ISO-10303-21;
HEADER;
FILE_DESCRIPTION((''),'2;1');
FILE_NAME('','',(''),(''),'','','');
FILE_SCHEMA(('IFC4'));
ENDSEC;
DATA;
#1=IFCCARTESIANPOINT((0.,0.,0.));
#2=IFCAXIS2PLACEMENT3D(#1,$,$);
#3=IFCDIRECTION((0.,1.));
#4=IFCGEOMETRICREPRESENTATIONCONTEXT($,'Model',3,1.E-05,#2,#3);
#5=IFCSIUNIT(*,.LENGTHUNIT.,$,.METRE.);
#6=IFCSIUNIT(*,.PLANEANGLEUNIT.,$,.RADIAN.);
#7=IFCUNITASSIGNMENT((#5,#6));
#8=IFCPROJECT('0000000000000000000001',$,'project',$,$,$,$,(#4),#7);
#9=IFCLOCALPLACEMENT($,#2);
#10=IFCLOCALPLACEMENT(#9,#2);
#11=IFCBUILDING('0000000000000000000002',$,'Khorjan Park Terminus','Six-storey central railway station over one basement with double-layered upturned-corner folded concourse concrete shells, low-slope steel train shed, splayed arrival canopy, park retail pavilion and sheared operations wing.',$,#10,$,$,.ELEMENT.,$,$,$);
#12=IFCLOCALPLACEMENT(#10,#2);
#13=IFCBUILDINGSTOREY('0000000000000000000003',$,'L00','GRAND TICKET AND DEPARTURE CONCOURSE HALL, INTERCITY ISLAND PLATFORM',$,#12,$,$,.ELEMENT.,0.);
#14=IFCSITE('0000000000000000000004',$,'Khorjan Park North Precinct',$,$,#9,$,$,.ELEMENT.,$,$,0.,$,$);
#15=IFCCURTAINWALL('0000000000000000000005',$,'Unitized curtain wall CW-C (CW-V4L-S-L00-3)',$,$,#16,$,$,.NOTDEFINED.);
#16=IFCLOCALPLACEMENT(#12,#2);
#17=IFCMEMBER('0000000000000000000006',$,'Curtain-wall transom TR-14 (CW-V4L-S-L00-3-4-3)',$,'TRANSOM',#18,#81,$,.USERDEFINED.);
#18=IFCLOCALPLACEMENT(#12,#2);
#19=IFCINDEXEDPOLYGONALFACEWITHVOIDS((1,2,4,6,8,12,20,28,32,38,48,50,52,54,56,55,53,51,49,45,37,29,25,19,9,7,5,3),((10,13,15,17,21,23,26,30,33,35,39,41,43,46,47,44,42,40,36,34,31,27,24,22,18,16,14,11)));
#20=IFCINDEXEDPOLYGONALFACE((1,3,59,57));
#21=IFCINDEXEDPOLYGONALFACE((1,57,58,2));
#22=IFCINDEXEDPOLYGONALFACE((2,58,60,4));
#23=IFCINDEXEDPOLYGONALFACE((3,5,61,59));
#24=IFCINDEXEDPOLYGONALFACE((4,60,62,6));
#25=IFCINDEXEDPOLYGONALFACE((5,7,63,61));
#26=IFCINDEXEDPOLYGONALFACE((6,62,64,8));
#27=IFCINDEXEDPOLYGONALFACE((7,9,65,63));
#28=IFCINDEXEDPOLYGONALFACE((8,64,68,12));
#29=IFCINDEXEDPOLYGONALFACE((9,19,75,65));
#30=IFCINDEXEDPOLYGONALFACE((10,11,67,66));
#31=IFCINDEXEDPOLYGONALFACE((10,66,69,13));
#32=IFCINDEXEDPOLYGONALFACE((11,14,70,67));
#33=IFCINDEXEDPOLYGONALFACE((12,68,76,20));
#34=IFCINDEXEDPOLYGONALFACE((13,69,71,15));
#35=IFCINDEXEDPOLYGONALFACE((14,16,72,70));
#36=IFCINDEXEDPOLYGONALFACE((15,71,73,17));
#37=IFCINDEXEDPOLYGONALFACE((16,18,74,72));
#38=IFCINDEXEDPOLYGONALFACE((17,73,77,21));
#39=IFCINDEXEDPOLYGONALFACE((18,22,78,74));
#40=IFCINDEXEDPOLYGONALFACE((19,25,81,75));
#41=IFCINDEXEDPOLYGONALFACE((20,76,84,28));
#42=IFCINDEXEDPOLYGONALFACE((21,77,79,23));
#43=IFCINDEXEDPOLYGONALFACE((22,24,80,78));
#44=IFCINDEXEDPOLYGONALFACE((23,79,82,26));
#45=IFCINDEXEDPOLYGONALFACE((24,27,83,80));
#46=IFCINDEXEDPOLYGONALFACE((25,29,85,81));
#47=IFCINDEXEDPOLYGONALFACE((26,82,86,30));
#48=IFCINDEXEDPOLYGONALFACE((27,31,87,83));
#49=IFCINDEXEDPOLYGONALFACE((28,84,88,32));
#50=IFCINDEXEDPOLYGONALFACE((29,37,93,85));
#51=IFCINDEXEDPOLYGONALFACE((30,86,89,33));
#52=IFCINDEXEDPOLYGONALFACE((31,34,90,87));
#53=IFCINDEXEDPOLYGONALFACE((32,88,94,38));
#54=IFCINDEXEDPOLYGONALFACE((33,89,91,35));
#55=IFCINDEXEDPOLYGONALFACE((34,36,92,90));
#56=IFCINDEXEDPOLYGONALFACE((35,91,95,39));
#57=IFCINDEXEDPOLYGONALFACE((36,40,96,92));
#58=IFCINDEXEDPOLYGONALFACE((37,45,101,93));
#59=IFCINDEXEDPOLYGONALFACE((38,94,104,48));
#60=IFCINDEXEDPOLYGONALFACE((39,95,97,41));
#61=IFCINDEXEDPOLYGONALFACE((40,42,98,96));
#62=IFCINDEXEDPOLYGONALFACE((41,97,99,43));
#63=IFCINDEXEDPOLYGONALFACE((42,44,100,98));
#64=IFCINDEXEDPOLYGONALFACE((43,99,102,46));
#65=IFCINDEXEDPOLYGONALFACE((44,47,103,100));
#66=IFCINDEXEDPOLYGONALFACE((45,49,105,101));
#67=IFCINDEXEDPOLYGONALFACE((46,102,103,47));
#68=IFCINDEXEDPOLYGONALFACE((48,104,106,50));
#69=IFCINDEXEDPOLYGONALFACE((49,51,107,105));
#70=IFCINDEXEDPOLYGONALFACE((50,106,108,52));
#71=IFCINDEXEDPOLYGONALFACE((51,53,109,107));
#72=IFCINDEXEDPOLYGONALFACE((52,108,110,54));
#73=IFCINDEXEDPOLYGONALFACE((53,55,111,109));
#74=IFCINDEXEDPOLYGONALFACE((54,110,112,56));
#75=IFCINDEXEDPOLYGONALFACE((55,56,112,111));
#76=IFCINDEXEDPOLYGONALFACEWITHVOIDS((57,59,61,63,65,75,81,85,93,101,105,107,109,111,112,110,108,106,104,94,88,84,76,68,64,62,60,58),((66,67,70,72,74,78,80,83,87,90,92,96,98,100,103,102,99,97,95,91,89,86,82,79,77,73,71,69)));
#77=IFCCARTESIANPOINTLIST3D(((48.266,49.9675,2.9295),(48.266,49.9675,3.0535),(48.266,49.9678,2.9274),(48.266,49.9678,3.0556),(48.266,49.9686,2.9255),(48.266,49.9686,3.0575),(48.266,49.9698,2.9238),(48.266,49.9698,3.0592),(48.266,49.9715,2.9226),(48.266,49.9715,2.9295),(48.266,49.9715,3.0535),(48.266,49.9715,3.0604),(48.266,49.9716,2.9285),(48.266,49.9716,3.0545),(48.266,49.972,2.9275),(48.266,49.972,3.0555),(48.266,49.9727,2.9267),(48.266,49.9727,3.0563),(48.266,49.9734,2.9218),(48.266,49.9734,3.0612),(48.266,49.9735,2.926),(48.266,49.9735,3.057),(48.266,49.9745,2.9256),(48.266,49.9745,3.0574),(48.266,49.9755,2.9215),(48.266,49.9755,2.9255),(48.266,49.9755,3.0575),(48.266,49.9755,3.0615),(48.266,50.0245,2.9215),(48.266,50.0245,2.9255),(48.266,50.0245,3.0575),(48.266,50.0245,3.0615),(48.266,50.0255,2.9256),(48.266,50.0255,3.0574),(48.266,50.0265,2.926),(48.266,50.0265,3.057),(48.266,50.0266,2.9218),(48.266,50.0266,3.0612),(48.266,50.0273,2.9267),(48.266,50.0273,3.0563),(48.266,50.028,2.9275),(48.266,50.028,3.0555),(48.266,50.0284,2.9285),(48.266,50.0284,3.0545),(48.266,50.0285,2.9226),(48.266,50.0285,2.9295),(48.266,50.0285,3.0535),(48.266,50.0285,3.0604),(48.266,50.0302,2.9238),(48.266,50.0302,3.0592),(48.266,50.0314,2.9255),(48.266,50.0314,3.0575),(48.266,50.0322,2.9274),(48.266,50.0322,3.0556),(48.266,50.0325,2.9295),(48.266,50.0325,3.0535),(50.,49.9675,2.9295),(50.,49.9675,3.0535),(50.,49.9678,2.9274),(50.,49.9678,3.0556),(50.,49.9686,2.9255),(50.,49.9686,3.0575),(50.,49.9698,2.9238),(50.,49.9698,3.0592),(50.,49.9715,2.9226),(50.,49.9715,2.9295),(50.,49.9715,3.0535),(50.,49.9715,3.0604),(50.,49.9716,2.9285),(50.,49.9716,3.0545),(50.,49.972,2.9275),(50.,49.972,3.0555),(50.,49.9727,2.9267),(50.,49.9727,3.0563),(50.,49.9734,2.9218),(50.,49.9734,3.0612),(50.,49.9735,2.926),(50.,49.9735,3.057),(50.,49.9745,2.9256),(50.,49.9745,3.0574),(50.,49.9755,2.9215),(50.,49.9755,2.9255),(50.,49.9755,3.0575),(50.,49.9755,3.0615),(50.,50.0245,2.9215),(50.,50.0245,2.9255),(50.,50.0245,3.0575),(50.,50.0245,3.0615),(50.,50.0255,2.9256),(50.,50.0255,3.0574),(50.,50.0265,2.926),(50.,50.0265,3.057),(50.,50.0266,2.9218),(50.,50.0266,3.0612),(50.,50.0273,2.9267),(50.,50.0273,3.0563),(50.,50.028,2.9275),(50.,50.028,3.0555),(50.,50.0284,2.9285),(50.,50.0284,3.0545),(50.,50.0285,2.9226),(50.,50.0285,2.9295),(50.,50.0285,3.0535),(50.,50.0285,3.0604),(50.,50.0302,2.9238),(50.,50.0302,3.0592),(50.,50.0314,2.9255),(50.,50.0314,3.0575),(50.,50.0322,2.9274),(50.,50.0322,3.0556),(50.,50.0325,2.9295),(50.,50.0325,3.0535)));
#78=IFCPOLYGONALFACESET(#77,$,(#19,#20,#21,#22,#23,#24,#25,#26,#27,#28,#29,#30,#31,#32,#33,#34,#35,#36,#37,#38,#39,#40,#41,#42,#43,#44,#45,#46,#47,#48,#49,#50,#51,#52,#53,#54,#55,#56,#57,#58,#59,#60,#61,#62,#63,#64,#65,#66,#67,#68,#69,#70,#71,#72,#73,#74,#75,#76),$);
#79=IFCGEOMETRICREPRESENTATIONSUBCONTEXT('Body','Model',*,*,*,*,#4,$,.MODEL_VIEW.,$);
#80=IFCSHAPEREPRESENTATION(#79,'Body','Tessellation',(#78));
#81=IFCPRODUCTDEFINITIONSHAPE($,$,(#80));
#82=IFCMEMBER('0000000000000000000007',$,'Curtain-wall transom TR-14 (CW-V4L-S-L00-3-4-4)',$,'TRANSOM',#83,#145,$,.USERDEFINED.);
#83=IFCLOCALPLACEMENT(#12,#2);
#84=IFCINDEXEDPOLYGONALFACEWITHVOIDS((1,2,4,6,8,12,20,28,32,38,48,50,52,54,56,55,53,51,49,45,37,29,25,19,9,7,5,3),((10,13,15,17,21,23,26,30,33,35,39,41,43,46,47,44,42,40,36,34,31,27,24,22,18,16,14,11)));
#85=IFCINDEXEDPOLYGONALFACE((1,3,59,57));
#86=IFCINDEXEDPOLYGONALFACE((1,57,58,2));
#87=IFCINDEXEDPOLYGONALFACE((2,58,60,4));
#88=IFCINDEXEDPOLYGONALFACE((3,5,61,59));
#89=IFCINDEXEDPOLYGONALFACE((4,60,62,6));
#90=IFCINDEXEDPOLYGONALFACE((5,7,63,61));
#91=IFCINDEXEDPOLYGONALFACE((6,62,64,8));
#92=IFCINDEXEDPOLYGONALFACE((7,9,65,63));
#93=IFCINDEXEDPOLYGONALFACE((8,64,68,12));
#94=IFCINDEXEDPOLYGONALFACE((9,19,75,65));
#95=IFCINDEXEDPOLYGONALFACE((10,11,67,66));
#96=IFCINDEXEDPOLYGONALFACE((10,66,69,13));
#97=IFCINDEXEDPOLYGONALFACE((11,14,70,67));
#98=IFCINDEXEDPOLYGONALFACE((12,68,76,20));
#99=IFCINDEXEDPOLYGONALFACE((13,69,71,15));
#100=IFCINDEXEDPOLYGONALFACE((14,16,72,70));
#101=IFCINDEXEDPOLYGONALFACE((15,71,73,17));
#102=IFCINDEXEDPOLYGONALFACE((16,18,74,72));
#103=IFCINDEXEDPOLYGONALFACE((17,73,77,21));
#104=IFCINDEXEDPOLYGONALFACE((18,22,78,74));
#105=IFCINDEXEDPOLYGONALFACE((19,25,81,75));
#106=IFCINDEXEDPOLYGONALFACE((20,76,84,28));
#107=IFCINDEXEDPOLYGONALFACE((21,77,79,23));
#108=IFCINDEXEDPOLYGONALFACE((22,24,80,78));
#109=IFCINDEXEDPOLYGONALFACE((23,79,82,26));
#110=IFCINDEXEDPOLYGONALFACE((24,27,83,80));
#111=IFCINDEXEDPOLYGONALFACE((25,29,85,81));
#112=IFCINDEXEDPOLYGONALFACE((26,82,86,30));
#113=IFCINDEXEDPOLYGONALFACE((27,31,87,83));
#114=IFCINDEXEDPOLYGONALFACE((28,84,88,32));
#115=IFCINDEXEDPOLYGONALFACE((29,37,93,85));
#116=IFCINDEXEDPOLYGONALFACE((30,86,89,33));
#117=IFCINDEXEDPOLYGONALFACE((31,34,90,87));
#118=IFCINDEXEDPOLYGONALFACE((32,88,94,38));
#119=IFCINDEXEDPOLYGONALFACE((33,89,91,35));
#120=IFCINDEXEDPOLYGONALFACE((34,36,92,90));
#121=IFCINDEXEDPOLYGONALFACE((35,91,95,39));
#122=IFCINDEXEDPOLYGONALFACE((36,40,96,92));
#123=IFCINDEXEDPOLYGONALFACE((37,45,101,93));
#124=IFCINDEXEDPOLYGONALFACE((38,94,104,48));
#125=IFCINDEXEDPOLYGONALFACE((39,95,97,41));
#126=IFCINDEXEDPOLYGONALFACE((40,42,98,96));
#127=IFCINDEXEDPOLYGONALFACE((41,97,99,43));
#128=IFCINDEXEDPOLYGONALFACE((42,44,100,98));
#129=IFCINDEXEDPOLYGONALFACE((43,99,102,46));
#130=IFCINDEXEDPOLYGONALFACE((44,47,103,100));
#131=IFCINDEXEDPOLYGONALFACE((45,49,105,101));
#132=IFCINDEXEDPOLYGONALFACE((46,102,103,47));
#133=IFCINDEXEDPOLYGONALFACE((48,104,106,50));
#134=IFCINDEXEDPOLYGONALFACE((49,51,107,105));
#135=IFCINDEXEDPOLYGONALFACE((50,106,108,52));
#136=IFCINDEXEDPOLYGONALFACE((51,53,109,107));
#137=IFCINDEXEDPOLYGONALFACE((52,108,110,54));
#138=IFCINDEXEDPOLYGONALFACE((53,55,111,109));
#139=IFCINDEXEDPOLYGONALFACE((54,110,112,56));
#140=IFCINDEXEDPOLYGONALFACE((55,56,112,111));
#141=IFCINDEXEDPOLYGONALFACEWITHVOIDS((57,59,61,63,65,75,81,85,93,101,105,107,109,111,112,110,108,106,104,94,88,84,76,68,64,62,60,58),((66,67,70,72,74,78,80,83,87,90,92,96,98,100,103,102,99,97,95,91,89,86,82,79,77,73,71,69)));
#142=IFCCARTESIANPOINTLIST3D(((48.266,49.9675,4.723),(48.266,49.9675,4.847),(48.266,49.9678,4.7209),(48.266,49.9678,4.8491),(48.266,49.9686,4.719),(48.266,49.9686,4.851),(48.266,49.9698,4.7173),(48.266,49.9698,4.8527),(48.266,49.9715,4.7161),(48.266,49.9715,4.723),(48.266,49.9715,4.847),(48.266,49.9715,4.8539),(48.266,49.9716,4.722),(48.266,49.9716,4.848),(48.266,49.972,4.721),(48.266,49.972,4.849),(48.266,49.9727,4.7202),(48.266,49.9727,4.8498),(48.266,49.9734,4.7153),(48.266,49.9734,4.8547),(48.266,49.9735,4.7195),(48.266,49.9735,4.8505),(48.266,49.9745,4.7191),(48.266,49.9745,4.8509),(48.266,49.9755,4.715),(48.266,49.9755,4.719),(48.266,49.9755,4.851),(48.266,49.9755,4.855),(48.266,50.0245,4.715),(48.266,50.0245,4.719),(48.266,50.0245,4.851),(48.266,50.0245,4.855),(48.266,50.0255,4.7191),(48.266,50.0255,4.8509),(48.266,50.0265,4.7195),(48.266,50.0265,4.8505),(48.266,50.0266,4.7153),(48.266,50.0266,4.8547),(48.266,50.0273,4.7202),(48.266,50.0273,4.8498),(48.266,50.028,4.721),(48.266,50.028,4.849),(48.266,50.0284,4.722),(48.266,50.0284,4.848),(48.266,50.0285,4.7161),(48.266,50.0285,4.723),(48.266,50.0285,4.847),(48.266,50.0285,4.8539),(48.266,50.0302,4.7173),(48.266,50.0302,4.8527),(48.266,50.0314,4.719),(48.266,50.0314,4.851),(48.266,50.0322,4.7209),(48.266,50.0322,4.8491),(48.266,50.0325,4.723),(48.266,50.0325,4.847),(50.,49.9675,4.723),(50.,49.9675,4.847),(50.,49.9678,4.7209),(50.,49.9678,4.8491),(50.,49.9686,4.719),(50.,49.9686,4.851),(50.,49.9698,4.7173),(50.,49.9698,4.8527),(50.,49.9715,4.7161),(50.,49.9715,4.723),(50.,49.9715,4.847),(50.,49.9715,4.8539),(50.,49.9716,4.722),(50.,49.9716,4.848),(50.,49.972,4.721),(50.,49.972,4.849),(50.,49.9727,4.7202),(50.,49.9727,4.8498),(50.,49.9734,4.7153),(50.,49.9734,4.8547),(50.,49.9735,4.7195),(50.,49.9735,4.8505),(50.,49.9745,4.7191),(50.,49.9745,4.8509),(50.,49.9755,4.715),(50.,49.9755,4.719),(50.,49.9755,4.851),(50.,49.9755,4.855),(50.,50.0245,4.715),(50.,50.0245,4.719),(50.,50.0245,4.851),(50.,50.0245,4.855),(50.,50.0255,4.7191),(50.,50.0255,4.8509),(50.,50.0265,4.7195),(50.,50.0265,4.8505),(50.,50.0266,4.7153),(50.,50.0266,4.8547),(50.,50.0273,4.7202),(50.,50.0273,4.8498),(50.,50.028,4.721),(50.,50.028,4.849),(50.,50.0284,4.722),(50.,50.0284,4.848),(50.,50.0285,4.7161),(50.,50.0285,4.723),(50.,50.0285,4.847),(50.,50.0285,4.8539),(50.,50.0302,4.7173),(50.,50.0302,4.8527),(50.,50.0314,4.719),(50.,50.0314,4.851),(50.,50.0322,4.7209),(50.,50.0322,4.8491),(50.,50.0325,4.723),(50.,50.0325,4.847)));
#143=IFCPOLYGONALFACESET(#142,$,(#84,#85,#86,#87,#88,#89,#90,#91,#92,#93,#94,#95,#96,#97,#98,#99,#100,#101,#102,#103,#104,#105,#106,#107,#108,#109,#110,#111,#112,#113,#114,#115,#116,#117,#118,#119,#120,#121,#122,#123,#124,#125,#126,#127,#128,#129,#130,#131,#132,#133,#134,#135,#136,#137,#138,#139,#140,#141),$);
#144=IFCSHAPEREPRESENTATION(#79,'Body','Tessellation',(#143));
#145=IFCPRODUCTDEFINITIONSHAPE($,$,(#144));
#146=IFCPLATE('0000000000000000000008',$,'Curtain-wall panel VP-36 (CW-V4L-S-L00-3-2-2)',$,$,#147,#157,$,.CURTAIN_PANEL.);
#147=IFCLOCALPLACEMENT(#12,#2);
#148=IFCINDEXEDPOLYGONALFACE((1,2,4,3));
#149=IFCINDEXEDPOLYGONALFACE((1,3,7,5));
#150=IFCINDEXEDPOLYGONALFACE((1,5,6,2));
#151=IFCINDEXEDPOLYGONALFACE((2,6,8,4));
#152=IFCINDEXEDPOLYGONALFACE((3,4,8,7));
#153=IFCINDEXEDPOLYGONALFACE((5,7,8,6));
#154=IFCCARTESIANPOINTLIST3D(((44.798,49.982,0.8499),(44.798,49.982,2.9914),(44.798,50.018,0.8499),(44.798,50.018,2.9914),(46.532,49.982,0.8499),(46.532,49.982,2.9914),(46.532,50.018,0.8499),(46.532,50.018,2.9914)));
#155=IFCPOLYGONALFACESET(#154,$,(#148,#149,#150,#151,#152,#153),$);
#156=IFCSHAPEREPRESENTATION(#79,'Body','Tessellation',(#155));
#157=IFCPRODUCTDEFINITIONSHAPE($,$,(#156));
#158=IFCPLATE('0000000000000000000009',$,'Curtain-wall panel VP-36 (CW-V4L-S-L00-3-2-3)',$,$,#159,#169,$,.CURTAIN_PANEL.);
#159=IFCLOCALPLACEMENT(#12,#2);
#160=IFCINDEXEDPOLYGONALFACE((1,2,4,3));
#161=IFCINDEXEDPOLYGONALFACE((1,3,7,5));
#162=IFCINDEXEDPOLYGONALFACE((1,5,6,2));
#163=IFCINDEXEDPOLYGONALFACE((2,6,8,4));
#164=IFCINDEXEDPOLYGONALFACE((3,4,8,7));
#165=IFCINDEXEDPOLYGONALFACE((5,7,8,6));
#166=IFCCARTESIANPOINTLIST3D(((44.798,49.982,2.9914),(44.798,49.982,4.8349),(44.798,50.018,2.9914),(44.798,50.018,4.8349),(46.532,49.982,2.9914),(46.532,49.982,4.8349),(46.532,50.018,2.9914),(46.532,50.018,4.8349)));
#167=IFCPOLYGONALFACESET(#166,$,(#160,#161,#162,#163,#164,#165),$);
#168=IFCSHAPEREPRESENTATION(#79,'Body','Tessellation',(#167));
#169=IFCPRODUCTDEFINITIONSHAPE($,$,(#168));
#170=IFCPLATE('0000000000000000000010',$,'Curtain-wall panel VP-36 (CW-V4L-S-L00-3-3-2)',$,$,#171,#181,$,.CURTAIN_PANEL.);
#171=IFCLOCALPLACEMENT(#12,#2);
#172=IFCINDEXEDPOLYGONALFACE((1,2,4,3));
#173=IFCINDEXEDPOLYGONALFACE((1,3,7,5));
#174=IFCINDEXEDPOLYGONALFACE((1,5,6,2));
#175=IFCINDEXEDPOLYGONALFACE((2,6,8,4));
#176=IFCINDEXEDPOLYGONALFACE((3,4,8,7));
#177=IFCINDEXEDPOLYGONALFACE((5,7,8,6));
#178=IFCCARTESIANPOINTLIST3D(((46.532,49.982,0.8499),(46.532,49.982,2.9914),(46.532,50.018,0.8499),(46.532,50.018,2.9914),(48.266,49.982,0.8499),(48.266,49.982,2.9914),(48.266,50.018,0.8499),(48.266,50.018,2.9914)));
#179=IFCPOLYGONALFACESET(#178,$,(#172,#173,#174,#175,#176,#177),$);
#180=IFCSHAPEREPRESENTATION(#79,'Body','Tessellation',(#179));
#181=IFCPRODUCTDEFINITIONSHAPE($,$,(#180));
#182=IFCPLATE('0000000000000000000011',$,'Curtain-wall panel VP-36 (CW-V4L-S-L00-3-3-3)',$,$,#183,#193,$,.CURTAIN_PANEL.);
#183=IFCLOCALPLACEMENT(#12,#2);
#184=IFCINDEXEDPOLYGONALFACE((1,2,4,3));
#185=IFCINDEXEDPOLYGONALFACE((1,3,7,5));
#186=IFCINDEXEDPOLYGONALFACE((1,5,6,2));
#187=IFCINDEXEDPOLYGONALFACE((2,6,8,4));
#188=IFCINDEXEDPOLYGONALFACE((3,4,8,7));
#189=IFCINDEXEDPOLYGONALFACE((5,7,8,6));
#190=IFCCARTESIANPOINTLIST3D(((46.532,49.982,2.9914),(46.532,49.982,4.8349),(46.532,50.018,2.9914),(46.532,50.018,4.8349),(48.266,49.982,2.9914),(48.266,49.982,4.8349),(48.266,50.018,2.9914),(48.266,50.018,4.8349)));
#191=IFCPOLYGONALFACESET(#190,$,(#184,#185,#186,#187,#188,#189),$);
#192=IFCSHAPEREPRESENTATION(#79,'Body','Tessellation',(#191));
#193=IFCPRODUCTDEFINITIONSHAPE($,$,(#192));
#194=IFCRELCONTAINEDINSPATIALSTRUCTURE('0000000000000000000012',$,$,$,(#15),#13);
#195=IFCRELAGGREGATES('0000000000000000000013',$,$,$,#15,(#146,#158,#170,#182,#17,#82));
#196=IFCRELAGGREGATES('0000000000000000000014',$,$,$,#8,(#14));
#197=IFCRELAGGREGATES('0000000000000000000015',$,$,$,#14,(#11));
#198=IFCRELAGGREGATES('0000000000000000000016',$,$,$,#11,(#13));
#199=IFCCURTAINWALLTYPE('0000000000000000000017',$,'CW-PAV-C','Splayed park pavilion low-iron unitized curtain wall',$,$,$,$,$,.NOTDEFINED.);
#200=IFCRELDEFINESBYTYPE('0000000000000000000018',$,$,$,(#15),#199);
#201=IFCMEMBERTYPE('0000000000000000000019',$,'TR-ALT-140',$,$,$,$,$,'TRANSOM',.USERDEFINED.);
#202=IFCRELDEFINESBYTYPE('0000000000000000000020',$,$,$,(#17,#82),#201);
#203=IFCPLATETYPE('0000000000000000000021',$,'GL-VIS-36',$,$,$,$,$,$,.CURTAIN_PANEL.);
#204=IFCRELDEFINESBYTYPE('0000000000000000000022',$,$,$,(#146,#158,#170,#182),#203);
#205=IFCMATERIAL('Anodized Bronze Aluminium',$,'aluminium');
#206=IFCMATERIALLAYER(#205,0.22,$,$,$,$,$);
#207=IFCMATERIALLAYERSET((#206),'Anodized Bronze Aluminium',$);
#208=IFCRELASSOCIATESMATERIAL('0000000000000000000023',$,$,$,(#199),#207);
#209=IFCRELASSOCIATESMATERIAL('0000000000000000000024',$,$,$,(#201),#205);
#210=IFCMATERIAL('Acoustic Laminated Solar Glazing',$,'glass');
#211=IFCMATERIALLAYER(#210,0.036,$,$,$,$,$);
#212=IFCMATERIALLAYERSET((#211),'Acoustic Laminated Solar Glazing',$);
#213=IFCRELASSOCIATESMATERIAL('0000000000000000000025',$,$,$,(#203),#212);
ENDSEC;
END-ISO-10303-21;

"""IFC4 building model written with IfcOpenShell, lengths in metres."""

from ifc_helpers import new_model, si_unit, direction, frame, origin, origin_2d, place, context, subcontext, project, spatial, rectangle, hollow_rectangle, extrude, material, layer, layer_set, material_profile, profile_set, type_object, element, aggregate, save


model = new_model("IFC4")

# Units and contexts
model_context = context("Model", 3, precision=1e-05, world=origin(), true_north=direction((0.0, 1.0)))
body_context = subcontext(model_context, "Body", "Model", "MODEL_VIEW")
ifc_project = project(units=[si_unit("LENGTHUNIT", "METRE"), si_unit("PLANEANGLEUNIT", "RADIAN")], contexts=[model_context])

# Site, building, storey
site_placement = place(None, origin())
site = spatial("IfcSite", under=ifc_project, at=site_placement, Name="Khorjan Park North Precinct", CompositionType="ELEMENT", RefElevation=0.0)
building_placement = place(site_placement, origin())
building = spatial("IfcBuilding", under=site, at=building_placement, Name="Khorjan Park Terminus", Description="Six-storey central railway station over one basement with double-layered upturned-corner folded concourse concrete shells, low-slope steel train shed, splayed arrival canopy, park retail pavilion and sheared operations wing.", CompositionType="ELEMENT")
storey_placement = place(building_placement, origin())
storey = spatial("IfcBuildingStorey", under=building, at=storey_placement, Name="L00", Description="GRAND TICKET AND DEPARTURE CONCOURSE HALL, INTERCITY ISLAND PLATFORM", CompositionType="ELEMENT", Elevation=0.0)

# Curtain wall, members, plates
ifc_material_1 = material(Name="Anodized Bronze Aluminium", Category="aluminium")
ifc_layer_1 = layer(ifc_material_1, 0.22)
ifc_layer_set_1 = layer_set([ifc_layer_1], Name="Anodized Bronze Aluminium")
curtain_wall_type = type_object("IfcCurtainWallType", Name="CW-PAV-C", Description="Splayed park pavilion low-iron unitized curtain wall", PredefinedType="NOTDEFINED", material=ifc_layer_set_1)
curtain_wall_placement = place(storey_placement, origin())
curtain_wall = element("IfcCurtainWall", 1, at=curtain_wall_placement, inside=storey, type_object=curtain_wall_type, Name="Unitized curtain wall CW-C (CW-V4L-S-L00-3)", PredefinedType="NOTDEFINED")
ifc_material_profile_1 = material_profile(ifc_material_1, hollow_rectangle(XDim=0.065, YDim=0.14, WallThickness=0.004, InnerFilletRadius=0.004, OuterFilletRadius=0.008, at=origin_2d()), Name="ALT 65x140x4")
ifc_profile_set_1 = profile_set([ifc_material_profile_1], Name="Anodized Bronze Aluminium")
member_type_1 = type_object("IfcMemberType", Name="TR-ALT-140", ElementType="TRANSOM", PredefinedType="USERDEFINED", material=ifc_profile_set_1)
member_1_placement = place(storey_placement, frame((48.266, 50.0, 2.9915), z_axis=(1.0, 0.0, 0.0), x_axis=(0.0, 1.0, 0.0)))
member_1 = element("IfcMember", 2, at=member_1_placement, type_object=member_type_1, Name="Curtain-wall transom TR-14 (CW-V4L-S-L00-3-4-3)", ObjectType="TRANSOM", PredefinedType="USERDEFINED", context=body_context, shape_type="SweptSolid", body=[
    extrude(hollow_rectangle(XDim=0.065, YDim=0.14, WallThickness=0.004, InnerFilletRadius=0.004, OuterFilletRadius=0.008, at=origin_2d()), origin(), (0.0, 0.0, 1.0), 1.734),
])
member_2_placement = place(storey_placement, frame((48.266, 50.0, 4.785), z_axis=(1.0, 0.0, 0.0), x_axis=(0.0, 1.0, 0.0)))
member_2 = element("IfcMember", 3, at=member_2_placement, type_object=member_type_1, Name="Curtain-wall transom TR-14 (CW-V4L-S-L00-3-4-4)", ObjectType="TRANSOM", PredefinedType="USERDEFINED", context=body_context, shape_type="SweptSolid", body=[
    extrude(hollow_rectangle(XDim=0.065, YDim=0.14, WallThickness=0.004, InnerFilletRadius=0.004, OuterFilletRadius=0.008, at=origin_2d()), origin(), (0.0, 0.0, 1.0), 1.734),
])
ifc_material_2 = material(Name="Acoustic Laminated Solar Glazing", Category="glass")
ifc_layer_2 = layer(ifc_material_2, 0.036)
ifc_layer_set_2 = layer_set([ifc_layer_2], Name="Acoustic Laminated Solar Glazing")
plate_type_1 = type_object("IfcPlateType", Name="GL-VIS-36", PredefinedType="CURTAIN_PANEL", material=ifc_layer_set_2)
plate_1_placement = place(storey_placement, frame((45.665, 50.0, 0.8499), z_axis=(0.0, 0.0, 1.0), x_axis=(1.0, 0.0, 0.0)))
plate_1 = element("IfcPlate", 4, at=plate_1_placement, type_object=plate_type_1, Name="Curtain-wall panel VP-36 (CW-V4L-S-L00-3-2-2)", PredefinedType="CURTAIN_PANEL", context=body_context, shape_type="SweptSolid", body=[
    extrude(rectangle(XDim=1.734, YDim=0.036, at=origin_2d()), origin(), (0.0, 0.0, 1.0), 2.1415),
])
plate_2_placement = place(storey_placement, frame((45.665, 50.0, 2.9914), z_axis=(0.0, 0.0, 1.0), x_axis=(1.0, 0.0, 0.0)))
plate_2 = element("IfcPlate", 5, at=plate_2_placement, type_object=plate_type_1, Name="Curtain-wall panel VP-36 (CW-V4L-S-L00-3-2-3)", PredefinedType="CURTAIN_PANEL", context=body_context, shape_type="SweptSolid", body=[
    extrude(rectangle(XDim=1.734, YDim=0.036, at=origin_2d()), origin(), (0.0, 0.0, 1.0), 1.8435),
])
plate_3_placement = place(storey_placement, frame((47.399, 50.0, 0.8499), z_axis=(0.0, 0.0, 1.0), x_axis=(1.0, 0.0, 0.0)))
plate_3 = element("IfcPlate", 6, at=plate_3_placement, type_object=plate_type_1, Name="Curtain-wall panel VP-36 (CW-V4L-S-L00-3-3-2)", PredefinedType="CURTAIN_PANEL", context=body_context, shape_type="SweptSolid", body=[
    extrude(rectangle(XDim=1.734, YDim=0.036, at=origin_2d()), origin(), (0.0, 0.0, 1.0), 2.1415),
])
plate_4_placement = place(storey_placement, frame((47.399, 50.0, 2.9914), z_axis=(0.0, 0.0, 1.0), x_axis=(1.0, 0.0, 0.0)))
plate_4 = element("IfcPlate", 7, at=plate_4_placement, type_object=plate_type_1, Name="Curtain-wall panel VP-36 (CW-V4L-S-L00-3-3-3)", PredefinedType="CURTAIN_PANEL", context=body_context, shape_type="SweptSolid", body=[
    extrude(rectangle(XDim=1.734, YDim=0.036, at=origin_2d()), origin(), (0.0, 0.0, 1.0), 1.8435),
])
aggregate(curtain_wall, [plate_1, plate_2, plate_3, plate_4, member_1, member_2])

save(model, "model.ifc")
